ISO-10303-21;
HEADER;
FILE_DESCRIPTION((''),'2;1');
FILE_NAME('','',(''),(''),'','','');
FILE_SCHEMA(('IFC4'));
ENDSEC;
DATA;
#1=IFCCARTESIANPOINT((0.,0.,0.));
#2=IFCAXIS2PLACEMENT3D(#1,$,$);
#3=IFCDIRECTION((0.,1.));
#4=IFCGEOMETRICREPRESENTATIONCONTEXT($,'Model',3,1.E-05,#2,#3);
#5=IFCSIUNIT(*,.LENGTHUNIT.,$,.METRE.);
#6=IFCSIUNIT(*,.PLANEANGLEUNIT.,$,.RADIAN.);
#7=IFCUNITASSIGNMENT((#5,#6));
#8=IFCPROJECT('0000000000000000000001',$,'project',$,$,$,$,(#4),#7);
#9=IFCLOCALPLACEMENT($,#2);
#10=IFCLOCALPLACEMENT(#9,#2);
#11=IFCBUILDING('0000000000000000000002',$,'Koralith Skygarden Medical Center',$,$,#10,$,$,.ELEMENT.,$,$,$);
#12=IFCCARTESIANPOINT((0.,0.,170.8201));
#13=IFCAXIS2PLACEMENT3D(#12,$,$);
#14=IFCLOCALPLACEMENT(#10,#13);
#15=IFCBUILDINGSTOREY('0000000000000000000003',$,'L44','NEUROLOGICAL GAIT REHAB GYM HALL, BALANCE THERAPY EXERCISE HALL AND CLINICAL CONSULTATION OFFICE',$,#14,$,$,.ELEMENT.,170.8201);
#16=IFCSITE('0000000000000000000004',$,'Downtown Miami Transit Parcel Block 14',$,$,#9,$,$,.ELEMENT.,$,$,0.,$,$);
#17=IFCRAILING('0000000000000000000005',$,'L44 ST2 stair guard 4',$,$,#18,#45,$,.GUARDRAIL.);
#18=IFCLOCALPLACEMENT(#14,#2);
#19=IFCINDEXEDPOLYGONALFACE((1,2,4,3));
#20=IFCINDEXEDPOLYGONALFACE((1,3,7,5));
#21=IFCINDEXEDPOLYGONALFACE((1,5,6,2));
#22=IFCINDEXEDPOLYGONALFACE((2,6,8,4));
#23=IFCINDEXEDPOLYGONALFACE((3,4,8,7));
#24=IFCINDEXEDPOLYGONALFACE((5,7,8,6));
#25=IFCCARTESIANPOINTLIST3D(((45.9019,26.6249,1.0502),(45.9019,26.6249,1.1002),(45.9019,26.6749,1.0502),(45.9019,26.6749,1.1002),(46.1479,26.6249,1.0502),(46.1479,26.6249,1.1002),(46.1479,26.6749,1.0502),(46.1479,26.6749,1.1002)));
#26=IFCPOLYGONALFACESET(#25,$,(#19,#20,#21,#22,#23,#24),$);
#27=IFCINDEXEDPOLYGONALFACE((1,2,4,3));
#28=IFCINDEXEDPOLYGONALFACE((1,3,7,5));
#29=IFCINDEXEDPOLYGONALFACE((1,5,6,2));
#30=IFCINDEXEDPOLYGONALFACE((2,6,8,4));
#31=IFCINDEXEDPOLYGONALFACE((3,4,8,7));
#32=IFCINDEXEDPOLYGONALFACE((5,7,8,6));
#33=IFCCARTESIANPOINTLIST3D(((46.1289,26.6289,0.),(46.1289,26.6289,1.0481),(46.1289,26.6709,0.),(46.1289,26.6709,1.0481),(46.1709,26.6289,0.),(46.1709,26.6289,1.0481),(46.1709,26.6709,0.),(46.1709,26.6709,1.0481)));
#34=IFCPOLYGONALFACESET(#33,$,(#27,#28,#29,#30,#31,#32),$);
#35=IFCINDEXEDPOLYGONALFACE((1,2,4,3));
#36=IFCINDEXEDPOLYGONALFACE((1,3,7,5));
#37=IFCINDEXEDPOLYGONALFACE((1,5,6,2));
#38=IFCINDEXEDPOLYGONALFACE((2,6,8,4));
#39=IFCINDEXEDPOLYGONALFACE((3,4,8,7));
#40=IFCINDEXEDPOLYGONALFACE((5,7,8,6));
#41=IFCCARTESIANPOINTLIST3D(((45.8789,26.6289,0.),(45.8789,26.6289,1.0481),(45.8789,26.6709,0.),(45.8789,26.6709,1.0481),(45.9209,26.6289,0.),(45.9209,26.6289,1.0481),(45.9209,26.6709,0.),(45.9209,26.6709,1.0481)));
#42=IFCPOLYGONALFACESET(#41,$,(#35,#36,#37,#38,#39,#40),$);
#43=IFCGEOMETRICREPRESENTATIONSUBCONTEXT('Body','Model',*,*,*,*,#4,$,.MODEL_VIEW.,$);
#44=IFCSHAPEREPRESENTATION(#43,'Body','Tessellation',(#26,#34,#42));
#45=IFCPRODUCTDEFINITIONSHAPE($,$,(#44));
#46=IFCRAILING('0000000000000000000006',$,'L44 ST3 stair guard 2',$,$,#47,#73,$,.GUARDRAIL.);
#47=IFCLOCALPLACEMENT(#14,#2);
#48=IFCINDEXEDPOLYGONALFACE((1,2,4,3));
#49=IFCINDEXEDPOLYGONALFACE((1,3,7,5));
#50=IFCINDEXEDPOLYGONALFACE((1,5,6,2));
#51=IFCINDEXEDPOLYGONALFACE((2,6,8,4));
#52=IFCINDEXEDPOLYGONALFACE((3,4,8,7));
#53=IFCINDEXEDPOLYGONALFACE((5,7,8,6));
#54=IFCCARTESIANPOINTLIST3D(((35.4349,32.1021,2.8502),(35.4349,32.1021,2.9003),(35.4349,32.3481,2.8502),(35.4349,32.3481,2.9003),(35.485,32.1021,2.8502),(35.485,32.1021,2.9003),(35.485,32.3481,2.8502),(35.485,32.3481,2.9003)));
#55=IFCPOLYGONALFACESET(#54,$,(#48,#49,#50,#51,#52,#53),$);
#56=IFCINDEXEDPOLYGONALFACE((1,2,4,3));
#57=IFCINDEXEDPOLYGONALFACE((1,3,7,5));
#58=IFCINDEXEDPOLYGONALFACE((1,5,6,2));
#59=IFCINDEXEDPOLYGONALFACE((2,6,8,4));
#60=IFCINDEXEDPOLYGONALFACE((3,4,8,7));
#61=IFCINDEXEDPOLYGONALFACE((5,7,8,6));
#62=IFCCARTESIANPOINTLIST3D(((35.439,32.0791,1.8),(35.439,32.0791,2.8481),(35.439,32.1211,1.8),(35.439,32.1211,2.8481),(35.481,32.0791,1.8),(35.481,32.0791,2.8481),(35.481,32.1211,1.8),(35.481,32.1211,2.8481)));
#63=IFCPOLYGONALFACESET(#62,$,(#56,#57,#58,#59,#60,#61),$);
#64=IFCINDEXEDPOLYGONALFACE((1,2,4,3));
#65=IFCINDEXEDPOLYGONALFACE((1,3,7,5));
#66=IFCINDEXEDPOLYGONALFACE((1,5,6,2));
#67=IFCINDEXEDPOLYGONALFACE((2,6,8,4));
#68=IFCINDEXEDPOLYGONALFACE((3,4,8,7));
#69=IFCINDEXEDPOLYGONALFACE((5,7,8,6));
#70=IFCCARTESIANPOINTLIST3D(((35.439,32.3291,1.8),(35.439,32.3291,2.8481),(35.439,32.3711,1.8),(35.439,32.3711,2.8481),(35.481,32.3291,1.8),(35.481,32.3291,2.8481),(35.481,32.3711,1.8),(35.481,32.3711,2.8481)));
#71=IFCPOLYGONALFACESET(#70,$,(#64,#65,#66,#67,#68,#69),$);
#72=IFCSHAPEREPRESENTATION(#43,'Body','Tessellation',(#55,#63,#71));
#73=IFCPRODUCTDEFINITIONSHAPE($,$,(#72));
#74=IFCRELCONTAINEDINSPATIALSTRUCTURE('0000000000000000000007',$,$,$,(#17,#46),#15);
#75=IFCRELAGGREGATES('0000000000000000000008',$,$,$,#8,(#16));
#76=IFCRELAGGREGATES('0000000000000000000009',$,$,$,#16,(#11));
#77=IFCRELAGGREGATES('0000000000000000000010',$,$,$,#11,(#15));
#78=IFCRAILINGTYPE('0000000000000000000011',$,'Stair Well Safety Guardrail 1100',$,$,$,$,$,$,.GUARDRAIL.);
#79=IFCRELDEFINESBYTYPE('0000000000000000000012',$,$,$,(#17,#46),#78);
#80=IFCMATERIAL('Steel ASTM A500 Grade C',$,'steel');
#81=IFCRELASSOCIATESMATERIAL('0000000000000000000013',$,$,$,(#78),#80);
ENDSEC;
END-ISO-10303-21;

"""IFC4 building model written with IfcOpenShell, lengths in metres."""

from ifc_helpers import new_model, si_unit, direction, frame, origin, origin_2d, place, context, subcontext, project, spatial, rectangle, extrude, material, type_object, element, save


model = new_model("IFC4")

# Units and contexts
model_context = context("Model", 3, precision=1e-05, world=origin(), true_north=direction((0.0, 1.0)))
body_context = subcontext(model_context, "Body", "Model", "MODEL_VIEW")
ifc_project = project(units=[si_unit("LENGTHUNIT", "METRE"), si_unit("PLANEANGLEUNIT", "RADIAN")], contexts=[model_context])

# Site, building, storey
site_placement = place(None, origin())
site = spatial("IfcSite", under=ifc_project, at=site_placement, Name="Downtown Miami Transit Parcel Block 14", CompositionType="ELEMENT", RefElevation=0.0)
building_placement = place(site_placement, origin())
building = spatial("IfcBuilding", under=site, at=building_placement, Name="Koralith Skygarden Medical Center", CompositionType="ELEMENT")
storey_placement = place(building_placement, frame((0.0, 0.0, 170.8201)))
storey = spatial("IfcBuildingStorey", under=building, at=storey_placement, Name="L44", Description="NEUROLOGICAL GAIT REHAB GYM HALL, BALANCE THERAPY EXERCISE HALL AND CLINICAL CONSULTATION OFFICE", CompositionType="ELEMENT", Elevation=170.8201)

# Railings
ifc_material_1 = material(Name="Steel ASTM A500 Grade C", Category="steel")
railing_type_1 = type_object("IfcRailingType", Name="Stair Well Safety Guardrail 1100", PredefinedType="GUARDRAIL", material=ifc_material_1)
railing_1_placement = place(storey_placement, frame((46.1499, 26.6499, 0.0)))
element("IfcRailing", 1, at=railing_1_placement, inside=storey, type_object=railing_type_1, Name="L44 ST2 stair guard 4", PredefinedType="GUARDRAIL", context=body_context, shape_type="SweptSolid", body=[
    extrude(rectangle(XDim=0.05, YDim=0.05, at=origin_2d()), frame((-0.002, 0.0, 1.0752), z_axis=(-1.0, 0.0, 0.0), x_axis=(0.0, -1.0, 0.0)), (0.0, 0.0, 1.0), 0.2461),
    extrude(rectangle(XDim=0.042, YDim=0.042, at=origin_2d()), origin(), (0.0, 0.0, 1.0), 1.0481),
    extrude(rectangle(XDim=0.042, YDim=0.042, at=origin_2d()), frame((-0.25, 0.0, 0.0)), (0.0, 0.0, 1.0), 1.0481),
])
railing_2_placement = place(storey_placement, frame((35.46, 32.1001, 1.8)))
element("IfcRailing", 2, at=railing_2_placement, inside=storey, type_object=railing_type_1, Name="L44 ST3 stair guard 2", PredefinedType="GUARDRAIL", context=body_context, shape_type="SweptSolid", body=[
    extrude(rectangle(XDim=0.05, YDim=0.05, at=origin_2d()), frame((0.0, 0.002, 1.0752), z_axis=(0.0, 1.0, 0.0), x_axis=(-1.0, 0.0, 0.0)), (0.0, 0.0, 1.0), 0.2461),
    extrude(rectangle(XDim=0.042, YDim=0.042, at=origin_2d()), origin(), (0.0, 0.0, 1.0), 1.0481),
    extrude(rectangle(XDim=0.042, YDim=0.042, at=origin_2d()), frame((0.0, 0.25, 0.0)), (0.0, 0.0, 1.0), 1.0481),
])

save(model, "model.ifc")
